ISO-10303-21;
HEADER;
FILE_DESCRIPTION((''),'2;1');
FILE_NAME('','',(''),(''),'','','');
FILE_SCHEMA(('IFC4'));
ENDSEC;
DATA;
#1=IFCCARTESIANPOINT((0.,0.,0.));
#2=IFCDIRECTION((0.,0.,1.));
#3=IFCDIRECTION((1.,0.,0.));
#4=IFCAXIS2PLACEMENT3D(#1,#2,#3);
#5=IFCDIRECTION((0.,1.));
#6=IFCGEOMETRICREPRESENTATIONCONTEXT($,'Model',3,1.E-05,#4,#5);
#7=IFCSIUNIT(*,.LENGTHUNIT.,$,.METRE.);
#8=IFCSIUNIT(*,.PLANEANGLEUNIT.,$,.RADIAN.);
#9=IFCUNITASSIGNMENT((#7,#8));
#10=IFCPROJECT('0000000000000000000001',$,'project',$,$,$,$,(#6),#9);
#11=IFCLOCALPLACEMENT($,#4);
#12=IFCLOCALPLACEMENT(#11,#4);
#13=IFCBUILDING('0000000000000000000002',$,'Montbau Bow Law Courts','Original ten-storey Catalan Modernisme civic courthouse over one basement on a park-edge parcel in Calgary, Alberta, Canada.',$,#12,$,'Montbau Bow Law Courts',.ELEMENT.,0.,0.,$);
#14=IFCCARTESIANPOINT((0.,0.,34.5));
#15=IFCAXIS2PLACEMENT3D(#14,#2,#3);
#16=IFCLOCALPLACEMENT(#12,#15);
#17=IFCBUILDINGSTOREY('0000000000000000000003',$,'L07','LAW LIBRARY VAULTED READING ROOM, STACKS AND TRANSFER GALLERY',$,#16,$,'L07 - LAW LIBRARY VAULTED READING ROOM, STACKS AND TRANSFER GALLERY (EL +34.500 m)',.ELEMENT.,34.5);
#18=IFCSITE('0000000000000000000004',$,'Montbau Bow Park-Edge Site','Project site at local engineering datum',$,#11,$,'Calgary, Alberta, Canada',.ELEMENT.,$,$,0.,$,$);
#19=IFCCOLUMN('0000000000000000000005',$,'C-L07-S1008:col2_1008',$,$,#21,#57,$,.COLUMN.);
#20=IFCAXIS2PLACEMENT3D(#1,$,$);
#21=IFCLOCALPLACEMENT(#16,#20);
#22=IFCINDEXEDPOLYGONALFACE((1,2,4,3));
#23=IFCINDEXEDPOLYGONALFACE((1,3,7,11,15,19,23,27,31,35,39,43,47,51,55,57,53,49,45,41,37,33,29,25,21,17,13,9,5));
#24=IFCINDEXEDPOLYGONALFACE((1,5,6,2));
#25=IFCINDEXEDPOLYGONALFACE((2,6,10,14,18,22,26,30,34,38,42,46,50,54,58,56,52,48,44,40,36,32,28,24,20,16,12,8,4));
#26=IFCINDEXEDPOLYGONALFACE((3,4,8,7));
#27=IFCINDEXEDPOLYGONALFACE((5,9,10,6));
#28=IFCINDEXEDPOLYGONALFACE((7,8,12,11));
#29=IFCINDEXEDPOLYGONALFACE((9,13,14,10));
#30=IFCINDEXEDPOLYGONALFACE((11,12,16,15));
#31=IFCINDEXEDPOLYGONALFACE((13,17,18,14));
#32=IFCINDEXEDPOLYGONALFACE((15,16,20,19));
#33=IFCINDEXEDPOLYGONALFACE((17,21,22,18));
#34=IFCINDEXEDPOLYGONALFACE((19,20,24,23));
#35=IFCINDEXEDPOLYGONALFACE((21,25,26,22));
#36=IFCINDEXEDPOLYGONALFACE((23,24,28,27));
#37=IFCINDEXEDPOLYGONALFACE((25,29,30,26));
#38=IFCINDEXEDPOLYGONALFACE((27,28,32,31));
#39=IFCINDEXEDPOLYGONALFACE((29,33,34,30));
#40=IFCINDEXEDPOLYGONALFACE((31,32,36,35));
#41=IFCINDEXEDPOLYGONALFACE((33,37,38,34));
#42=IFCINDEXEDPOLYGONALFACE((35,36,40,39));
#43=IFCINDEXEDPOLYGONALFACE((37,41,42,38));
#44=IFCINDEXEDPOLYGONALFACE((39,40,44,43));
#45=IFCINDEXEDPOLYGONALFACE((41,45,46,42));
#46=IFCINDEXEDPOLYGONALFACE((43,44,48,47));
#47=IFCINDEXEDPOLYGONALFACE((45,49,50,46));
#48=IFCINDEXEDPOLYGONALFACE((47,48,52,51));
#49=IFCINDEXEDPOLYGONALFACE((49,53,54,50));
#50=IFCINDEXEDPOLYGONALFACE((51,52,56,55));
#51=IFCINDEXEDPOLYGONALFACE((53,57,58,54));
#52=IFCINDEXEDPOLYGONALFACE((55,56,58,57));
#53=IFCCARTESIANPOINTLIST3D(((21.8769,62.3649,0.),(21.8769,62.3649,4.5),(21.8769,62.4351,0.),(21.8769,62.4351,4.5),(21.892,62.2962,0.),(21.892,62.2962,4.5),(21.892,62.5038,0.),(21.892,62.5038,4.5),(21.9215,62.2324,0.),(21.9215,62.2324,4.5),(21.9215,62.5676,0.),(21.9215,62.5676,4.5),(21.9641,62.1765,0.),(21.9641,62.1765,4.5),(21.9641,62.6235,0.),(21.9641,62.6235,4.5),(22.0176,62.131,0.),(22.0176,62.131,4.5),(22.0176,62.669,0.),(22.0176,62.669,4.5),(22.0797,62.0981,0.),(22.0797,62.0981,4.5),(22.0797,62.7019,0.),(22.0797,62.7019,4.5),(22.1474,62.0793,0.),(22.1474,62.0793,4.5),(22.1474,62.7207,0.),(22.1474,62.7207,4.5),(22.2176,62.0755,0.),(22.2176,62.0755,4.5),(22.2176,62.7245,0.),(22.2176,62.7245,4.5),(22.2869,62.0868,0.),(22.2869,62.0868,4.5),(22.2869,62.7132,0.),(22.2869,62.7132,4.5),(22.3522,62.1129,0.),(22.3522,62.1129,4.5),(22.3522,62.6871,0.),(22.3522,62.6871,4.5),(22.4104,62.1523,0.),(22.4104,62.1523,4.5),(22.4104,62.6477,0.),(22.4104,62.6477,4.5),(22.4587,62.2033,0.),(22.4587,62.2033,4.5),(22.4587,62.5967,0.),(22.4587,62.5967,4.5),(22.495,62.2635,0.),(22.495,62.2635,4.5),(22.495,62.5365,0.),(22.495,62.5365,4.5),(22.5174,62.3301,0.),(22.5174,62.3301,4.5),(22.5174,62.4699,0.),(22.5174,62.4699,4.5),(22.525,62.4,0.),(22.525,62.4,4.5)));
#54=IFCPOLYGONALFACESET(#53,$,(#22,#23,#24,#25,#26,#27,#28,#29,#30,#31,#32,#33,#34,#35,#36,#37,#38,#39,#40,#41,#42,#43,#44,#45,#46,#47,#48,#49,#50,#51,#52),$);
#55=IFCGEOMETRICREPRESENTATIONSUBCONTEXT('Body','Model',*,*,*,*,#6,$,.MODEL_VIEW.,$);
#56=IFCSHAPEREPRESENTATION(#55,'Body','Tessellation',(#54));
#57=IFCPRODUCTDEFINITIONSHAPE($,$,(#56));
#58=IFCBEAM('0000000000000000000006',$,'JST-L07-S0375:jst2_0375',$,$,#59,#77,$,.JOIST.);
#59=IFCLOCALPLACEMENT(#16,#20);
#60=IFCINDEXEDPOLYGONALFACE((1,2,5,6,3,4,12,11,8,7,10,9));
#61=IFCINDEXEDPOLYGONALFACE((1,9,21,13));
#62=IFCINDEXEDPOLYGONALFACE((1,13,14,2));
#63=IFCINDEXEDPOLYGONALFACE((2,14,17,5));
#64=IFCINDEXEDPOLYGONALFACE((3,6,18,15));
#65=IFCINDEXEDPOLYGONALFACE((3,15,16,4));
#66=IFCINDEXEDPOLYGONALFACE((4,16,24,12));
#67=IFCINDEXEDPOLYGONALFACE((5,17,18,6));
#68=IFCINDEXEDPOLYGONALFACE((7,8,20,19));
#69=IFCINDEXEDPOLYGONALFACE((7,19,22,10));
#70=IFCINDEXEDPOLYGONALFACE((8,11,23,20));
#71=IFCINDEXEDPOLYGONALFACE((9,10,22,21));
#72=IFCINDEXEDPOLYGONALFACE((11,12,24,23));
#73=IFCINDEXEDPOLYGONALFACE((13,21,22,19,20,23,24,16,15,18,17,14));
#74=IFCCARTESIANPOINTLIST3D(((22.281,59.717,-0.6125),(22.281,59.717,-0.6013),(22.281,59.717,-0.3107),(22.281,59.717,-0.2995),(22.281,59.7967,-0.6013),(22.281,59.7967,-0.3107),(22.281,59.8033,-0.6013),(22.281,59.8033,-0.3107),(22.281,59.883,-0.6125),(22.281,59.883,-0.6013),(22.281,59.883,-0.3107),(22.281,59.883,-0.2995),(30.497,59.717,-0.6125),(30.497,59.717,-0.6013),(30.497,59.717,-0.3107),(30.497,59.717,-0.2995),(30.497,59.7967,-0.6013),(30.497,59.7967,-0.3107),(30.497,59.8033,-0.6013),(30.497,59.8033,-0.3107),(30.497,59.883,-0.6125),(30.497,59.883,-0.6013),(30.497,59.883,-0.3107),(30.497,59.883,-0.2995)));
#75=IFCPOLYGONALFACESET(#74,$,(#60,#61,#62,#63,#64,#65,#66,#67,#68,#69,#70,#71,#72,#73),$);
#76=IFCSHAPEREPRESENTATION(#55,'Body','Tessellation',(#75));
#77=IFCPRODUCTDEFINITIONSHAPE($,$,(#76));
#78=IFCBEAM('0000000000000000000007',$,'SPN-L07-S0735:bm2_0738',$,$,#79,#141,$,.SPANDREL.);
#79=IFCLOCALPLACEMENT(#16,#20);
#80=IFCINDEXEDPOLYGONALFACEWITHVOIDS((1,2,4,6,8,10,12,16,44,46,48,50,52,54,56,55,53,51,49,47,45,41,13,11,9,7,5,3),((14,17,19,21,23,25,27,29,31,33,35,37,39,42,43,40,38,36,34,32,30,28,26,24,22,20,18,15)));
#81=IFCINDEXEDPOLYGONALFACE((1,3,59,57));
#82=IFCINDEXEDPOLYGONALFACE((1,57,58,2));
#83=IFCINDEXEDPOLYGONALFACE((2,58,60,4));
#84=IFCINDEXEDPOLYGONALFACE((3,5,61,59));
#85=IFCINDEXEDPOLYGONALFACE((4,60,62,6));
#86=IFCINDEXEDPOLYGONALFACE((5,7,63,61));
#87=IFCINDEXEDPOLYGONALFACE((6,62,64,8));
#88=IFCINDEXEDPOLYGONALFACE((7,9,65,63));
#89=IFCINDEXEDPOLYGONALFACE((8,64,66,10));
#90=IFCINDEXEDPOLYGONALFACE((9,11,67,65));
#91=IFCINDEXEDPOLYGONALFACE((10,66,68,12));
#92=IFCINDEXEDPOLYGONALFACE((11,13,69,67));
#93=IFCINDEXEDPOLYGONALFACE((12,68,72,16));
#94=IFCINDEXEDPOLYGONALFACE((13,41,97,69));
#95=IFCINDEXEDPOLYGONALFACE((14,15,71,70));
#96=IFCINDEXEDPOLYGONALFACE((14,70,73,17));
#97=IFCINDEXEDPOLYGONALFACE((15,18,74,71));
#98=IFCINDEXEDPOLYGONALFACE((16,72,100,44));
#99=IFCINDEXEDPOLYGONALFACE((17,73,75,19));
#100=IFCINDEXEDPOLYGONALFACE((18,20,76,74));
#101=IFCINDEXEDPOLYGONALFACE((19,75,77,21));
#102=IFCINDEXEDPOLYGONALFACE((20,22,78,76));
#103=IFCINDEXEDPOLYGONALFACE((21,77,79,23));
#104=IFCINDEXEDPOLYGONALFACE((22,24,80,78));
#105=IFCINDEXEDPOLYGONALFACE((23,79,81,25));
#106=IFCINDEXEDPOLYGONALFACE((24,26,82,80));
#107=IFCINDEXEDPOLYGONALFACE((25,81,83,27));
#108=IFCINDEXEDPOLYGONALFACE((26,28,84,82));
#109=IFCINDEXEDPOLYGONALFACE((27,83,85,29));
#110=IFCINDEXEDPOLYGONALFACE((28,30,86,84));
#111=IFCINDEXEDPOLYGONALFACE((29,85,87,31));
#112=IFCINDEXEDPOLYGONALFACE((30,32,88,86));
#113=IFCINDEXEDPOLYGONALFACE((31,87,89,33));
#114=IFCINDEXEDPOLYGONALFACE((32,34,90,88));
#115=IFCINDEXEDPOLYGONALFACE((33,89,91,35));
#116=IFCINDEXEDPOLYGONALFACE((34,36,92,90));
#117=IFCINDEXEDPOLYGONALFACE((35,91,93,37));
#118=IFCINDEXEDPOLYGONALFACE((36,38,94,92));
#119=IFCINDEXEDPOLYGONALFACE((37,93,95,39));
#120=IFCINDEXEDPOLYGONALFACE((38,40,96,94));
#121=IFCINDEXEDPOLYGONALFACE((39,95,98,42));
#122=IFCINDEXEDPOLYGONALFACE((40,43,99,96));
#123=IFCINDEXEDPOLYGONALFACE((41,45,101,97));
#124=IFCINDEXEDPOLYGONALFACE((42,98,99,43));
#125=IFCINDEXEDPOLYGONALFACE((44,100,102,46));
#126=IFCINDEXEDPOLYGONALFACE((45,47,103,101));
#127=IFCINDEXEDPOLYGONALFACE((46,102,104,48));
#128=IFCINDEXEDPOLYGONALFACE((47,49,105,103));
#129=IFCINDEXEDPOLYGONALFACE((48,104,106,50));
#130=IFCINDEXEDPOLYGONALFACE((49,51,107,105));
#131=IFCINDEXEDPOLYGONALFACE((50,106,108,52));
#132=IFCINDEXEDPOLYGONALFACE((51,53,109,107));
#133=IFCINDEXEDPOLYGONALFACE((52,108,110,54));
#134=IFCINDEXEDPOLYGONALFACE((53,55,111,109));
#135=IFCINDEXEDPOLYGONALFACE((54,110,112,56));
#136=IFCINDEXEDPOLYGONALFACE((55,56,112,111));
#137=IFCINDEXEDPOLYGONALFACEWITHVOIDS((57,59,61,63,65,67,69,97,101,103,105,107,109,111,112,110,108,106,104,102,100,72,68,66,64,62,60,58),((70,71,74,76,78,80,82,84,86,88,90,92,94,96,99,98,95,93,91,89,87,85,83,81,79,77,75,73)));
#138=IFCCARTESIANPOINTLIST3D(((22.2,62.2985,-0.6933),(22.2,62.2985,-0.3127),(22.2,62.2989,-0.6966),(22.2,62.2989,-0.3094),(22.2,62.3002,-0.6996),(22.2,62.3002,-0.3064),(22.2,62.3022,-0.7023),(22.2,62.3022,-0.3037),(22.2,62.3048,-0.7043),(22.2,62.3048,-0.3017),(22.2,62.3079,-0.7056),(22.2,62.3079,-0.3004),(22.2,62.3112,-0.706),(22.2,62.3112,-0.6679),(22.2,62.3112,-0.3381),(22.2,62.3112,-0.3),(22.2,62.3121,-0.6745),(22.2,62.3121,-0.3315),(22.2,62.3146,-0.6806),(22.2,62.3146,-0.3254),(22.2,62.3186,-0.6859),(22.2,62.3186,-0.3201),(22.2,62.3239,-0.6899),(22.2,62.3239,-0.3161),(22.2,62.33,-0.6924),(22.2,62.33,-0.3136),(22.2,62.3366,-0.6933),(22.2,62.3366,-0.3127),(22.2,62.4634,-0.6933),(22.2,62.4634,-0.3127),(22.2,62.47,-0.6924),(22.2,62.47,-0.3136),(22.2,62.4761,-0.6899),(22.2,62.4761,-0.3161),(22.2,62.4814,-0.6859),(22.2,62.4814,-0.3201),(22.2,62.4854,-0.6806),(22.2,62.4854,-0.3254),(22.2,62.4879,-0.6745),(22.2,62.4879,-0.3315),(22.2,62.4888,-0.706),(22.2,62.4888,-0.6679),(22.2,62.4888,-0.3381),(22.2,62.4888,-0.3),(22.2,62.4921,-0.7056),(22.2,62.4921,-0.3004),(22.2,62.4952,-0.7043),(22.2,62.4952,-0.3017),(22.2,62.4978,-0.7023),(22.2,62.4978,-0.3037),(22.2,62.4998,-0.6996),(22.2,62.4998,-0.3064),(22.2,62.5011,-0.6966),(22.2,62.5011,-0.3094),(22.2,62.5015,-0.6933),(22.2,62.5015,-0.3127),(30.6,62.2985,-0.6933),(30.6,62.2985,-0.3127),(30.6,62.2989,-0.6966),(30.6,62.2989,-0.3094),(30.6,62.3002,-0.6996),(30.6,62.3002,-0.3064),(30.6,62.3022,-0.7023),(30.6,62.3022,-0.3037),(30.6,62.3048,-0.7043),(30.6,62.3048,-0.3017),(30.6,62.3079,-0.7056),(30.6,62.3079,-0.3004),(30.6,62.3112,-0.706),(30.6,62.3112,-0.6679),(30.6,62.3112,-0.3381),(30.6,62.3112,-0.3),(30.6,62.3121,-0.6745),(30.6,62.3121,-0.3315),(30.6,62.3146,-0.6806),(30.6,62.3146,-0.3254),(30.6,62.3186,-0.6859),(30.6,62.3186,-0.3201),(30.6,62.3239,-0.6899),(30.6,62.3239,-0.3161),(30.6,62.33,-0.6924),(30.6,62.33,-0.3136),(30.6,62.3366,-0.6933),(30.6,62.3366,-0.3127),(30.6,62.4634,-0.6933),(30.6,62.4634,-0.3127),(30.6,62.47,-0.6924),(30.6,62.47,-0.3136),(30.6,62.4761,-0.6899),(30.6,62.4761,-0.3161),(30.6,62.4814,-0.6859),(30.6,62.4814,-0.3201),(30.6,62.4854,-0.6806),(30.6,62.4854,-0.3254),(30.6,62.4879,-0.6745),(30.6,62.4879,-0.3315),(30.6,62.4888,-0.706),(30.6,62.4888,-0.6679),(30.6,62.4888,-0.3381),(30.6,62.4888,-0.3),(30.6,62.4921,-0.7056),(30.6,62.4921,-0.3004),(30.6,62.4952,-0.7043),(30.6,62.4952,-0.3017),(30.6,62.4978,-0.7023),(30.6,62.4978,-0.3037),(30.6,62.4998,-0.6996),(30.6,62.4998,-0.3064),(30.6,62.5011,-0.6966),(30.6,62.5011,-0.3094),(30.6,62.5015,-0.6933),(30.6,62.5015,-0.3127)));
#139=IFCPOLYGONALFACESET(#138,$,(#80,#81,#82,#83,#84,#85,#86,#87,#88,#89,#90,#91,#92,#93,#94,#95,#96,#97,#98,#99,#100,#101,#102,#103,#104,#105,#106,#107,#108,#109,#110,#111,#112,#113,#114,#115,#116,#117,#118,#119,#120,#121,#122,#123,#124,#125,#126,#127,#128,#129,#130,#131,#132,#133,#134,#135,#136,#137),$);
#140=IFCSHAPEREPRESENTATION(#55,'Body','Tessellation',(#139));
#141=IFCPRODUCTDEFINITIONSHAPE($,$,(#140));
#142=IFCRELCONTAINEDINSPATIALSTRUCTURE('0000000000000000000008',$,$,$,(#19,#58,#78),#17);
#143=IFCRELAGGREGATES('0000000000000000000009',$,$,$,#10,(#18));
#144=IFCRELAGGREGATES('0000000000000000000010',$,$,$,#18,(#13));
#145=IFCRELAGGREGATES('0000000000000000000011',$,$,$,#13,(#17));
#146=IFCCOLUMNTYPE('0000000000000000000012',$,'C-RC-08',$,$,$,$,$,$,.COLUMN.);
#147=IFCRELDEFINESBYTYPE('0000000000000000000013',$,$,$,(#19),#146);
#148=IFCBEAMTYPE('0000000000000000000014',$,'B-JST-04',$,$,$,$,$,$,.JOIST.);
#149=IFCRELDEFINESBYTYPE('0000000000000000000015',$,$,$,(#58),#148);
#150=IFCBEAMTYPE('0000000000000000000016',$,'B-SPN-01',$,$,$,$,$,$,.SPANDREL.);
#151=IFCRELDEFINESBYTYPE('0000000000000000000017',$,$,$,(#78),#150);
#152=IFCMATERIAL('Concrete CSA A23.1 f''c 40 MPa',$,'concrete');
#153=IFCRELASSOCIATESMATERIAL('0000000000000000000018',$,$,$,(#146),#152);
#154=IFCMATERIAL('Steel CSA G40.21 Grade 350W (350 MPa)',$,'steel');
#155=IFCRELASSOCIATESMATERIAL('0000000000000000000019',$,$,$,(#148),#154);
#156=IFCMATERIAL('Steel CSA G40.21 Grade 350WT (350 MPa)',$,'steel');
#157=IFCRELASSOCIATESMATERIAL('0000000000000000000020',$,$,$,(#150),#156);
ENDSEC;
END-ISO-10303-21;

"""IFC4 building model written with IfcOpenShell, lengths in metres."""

from ifc_helpers import new_model, si_unit, direction, frame, origin_with_axes, origin_2d_with_axis, place, context, subcontext, project, spatial, hollow_rectangle, circle, i_section, extrude, material, material_profile, profile_set, type_object, element, save


model = new_model("IFC4")

# Units and contexts
model_context = context("Model", 3, precision=1e-05, world=origin_with_axes(), true_north=direction((0.0, 1.0)))
body_context = subcontext(model_context, "Body", "Model", "MODEL_VIEW")
ifc_project = project(units=[si_unit("LENGTHUNIT", "METRE"), si_unit("PLANEANGLEUNIT", "RADIAN")], contexts=[model_context])

# Site, building, storey
site_placement = place(None, origin_with_axes())
site = spatial("IfcSite", under=ifc_project, at=site_placement, Name="Montbau Bow Park-Edge Site", Description="Project site at local engineering datum", LongName="Calgary, Alberta, Canada", CompositionType="ELEMENT", RefElevation=0.0)
building_placement = place(site_placement, origin_with_axes())
building = spatial("IfcBuilding", under=site, at=building_placement, Name="Montbau Bow Law Courts", Description="Original ten-storey Catalan Modernisme civic courthouse over one basement on a park-edge parcel in Calgary, Alberta, Canada.", LongName="Montbau Bow Law Courts", CompositionType="ELEMENT", ElevationOfRefHeight=0.0, ElevationOfTerrain=0.0)
storey_placement = place(building_placement, frame((0.0, 0.0, 34.5), z_axis=(0.0, 0.0, 1.0), x_axis=(1.0, 0.0, 0.0)))
storey = spatial("IfcBuildingStorey", under=building, at=storey_placement, Name="L07", Description="LAW LIBRARY VAULTED READING ROOM, STACKS AND TRANSFER GALLERY", LongName="L07 - LAW LIBRARY VAULTED READING ROOM, STACKS AND TRANSFER GALLERY (EL +34.500 m)", CompositionType="ELEMENT", Elevation=34.5)

# Column
ifc_material_1 = material(Name="Concrete CSA A23.1 f'c 40 MPa", Category="concrete")
ifc_material_profile_1 = material_profile(ifc_material_1, circle(Radius=0.325, at=origin_2d_with_axis()), Name="RC650D", Category="Main", Priority=0)
ifc_profile_set_1 = profile_set([ifc_material_profile_1], Name="Concrete CSA A23.1 f'c 40 MPa")
column_type = type_object("IfcColumnType", Name="C-RC-08", PredefinedType="COLUMN", material=ifc_profile_set_1)
column_placement = place(None, frame((22.2, 62.4, 34.5), z_axis=(0.0, 0.0, 1.0), x_axis=(1.0, 0.0, 0.0)))
element("IfcColumn", 1, at=column_placement, inside=storey, type_object=column_type, Name="C-L07-S1008:col2_1008", PredefinedType="COLUMN", context=body_context, shape_type="SweptSolid", body=[
    extrude(circle(Radius=0.325, at=origin_2d_with_axis()), origin_with_axes(), (0.0, 0.0, 1.0), 4.5),
])

# Beams
ifc_material_2 = material(Name="Steel CSA G40.21 Grade 350W (350 MPa)", Category="steel")
ifc_material_profile_2 = material_profile(ifc_material_2, i_section(OverallWidth=0.166, OverallDepth=0.313, WebThickness=0.0066, FlangeThickness=0.0112, at=origin_2d_with_axis()), Name="W310X45", Category="Main", Priority=0)
ifc_profile_set_2 = profile_set([ifc_material_profile_2], Name="Steel CSA G40.21 Grade 350W (350 MPa)")
beam_type_1 = type_object("IfcBeamType", Name="B-JST-04", PredefinedType="JOIST", material=ifc_profile_set_2)
beam_1_placement = place(None, frame((22.281, 59.8, 34.044), z_axis=(1.0, 0.0, 0.0), x_axis=(0.0, 1.0, 0.0)))
element("IfcBeam", 2, at=beam_1_placement, inside=storey, type_object=beam_type_1, Name="JST-L07-S0375:jst2_0375", PredefinedType="JOIST", context=body_context, shape_type="SweptSolid", body=[
    extrude(i_section(OverallWidth=0.166, OverallDepth=0.313, WebThickness=0.0066, FlangeThickness=0.0112, at=origin_2d_with_axis()), origin_with_axes(), (0.0, 0.0, 1.0), 8.216),
])
ifc_material_3 = material(Name="Steel CSA G40.21 Grade 350WT (350 MPa)", Category="steel")
ifc_material_profile_3 = material_profile(ifc_material_3, hollow_rectangle(XDim=0.203, YDim=0.406, WallThickness=0.0127, InnerFilletRadius=0.0254, OuterFilletRadius=0.0127, at=origin_2d_with_axis()), Name="HSS406X203X13", Category="Main", Priority=0)
ifc_profile_set_3 = profile_set([ifc_material_profile_3], Name="Steel CSA G40.21 Grade 350WT (350 MPa)")
beam_type_2 = type_object("IfcBeamType", Name="B-SPN-01", PredefinedType="SPANDREL", material=ifc_profile_set_3)
beam_2_placement = place(None, frame((22.2, 62.4, 33.997), z_axis=(1.0, 0.0, 0.0), x_axis=(0.0, 1.0, 0.0)))
element("IfcBeam", 3, at=beam_2_placement, inside=storey, type_object=beam_type_2, Name="SPN-L07-S0735:bm2_0738", PredefinedType="SPANDREL", context=body_context, shape_type="SweptSolid", body=[
    extrude(hollow_rectangle(XDim=0.203, YDim=0.406, WallThickness=0.0127, InnerFilletRadius=0.0254, OuterFilletRadius=0.0127, at=origin_2d_with_axis()), origin_with_axes(), (0.0, 0.0, 1.0), 8.4),
])

save(model, "model.ifc")
